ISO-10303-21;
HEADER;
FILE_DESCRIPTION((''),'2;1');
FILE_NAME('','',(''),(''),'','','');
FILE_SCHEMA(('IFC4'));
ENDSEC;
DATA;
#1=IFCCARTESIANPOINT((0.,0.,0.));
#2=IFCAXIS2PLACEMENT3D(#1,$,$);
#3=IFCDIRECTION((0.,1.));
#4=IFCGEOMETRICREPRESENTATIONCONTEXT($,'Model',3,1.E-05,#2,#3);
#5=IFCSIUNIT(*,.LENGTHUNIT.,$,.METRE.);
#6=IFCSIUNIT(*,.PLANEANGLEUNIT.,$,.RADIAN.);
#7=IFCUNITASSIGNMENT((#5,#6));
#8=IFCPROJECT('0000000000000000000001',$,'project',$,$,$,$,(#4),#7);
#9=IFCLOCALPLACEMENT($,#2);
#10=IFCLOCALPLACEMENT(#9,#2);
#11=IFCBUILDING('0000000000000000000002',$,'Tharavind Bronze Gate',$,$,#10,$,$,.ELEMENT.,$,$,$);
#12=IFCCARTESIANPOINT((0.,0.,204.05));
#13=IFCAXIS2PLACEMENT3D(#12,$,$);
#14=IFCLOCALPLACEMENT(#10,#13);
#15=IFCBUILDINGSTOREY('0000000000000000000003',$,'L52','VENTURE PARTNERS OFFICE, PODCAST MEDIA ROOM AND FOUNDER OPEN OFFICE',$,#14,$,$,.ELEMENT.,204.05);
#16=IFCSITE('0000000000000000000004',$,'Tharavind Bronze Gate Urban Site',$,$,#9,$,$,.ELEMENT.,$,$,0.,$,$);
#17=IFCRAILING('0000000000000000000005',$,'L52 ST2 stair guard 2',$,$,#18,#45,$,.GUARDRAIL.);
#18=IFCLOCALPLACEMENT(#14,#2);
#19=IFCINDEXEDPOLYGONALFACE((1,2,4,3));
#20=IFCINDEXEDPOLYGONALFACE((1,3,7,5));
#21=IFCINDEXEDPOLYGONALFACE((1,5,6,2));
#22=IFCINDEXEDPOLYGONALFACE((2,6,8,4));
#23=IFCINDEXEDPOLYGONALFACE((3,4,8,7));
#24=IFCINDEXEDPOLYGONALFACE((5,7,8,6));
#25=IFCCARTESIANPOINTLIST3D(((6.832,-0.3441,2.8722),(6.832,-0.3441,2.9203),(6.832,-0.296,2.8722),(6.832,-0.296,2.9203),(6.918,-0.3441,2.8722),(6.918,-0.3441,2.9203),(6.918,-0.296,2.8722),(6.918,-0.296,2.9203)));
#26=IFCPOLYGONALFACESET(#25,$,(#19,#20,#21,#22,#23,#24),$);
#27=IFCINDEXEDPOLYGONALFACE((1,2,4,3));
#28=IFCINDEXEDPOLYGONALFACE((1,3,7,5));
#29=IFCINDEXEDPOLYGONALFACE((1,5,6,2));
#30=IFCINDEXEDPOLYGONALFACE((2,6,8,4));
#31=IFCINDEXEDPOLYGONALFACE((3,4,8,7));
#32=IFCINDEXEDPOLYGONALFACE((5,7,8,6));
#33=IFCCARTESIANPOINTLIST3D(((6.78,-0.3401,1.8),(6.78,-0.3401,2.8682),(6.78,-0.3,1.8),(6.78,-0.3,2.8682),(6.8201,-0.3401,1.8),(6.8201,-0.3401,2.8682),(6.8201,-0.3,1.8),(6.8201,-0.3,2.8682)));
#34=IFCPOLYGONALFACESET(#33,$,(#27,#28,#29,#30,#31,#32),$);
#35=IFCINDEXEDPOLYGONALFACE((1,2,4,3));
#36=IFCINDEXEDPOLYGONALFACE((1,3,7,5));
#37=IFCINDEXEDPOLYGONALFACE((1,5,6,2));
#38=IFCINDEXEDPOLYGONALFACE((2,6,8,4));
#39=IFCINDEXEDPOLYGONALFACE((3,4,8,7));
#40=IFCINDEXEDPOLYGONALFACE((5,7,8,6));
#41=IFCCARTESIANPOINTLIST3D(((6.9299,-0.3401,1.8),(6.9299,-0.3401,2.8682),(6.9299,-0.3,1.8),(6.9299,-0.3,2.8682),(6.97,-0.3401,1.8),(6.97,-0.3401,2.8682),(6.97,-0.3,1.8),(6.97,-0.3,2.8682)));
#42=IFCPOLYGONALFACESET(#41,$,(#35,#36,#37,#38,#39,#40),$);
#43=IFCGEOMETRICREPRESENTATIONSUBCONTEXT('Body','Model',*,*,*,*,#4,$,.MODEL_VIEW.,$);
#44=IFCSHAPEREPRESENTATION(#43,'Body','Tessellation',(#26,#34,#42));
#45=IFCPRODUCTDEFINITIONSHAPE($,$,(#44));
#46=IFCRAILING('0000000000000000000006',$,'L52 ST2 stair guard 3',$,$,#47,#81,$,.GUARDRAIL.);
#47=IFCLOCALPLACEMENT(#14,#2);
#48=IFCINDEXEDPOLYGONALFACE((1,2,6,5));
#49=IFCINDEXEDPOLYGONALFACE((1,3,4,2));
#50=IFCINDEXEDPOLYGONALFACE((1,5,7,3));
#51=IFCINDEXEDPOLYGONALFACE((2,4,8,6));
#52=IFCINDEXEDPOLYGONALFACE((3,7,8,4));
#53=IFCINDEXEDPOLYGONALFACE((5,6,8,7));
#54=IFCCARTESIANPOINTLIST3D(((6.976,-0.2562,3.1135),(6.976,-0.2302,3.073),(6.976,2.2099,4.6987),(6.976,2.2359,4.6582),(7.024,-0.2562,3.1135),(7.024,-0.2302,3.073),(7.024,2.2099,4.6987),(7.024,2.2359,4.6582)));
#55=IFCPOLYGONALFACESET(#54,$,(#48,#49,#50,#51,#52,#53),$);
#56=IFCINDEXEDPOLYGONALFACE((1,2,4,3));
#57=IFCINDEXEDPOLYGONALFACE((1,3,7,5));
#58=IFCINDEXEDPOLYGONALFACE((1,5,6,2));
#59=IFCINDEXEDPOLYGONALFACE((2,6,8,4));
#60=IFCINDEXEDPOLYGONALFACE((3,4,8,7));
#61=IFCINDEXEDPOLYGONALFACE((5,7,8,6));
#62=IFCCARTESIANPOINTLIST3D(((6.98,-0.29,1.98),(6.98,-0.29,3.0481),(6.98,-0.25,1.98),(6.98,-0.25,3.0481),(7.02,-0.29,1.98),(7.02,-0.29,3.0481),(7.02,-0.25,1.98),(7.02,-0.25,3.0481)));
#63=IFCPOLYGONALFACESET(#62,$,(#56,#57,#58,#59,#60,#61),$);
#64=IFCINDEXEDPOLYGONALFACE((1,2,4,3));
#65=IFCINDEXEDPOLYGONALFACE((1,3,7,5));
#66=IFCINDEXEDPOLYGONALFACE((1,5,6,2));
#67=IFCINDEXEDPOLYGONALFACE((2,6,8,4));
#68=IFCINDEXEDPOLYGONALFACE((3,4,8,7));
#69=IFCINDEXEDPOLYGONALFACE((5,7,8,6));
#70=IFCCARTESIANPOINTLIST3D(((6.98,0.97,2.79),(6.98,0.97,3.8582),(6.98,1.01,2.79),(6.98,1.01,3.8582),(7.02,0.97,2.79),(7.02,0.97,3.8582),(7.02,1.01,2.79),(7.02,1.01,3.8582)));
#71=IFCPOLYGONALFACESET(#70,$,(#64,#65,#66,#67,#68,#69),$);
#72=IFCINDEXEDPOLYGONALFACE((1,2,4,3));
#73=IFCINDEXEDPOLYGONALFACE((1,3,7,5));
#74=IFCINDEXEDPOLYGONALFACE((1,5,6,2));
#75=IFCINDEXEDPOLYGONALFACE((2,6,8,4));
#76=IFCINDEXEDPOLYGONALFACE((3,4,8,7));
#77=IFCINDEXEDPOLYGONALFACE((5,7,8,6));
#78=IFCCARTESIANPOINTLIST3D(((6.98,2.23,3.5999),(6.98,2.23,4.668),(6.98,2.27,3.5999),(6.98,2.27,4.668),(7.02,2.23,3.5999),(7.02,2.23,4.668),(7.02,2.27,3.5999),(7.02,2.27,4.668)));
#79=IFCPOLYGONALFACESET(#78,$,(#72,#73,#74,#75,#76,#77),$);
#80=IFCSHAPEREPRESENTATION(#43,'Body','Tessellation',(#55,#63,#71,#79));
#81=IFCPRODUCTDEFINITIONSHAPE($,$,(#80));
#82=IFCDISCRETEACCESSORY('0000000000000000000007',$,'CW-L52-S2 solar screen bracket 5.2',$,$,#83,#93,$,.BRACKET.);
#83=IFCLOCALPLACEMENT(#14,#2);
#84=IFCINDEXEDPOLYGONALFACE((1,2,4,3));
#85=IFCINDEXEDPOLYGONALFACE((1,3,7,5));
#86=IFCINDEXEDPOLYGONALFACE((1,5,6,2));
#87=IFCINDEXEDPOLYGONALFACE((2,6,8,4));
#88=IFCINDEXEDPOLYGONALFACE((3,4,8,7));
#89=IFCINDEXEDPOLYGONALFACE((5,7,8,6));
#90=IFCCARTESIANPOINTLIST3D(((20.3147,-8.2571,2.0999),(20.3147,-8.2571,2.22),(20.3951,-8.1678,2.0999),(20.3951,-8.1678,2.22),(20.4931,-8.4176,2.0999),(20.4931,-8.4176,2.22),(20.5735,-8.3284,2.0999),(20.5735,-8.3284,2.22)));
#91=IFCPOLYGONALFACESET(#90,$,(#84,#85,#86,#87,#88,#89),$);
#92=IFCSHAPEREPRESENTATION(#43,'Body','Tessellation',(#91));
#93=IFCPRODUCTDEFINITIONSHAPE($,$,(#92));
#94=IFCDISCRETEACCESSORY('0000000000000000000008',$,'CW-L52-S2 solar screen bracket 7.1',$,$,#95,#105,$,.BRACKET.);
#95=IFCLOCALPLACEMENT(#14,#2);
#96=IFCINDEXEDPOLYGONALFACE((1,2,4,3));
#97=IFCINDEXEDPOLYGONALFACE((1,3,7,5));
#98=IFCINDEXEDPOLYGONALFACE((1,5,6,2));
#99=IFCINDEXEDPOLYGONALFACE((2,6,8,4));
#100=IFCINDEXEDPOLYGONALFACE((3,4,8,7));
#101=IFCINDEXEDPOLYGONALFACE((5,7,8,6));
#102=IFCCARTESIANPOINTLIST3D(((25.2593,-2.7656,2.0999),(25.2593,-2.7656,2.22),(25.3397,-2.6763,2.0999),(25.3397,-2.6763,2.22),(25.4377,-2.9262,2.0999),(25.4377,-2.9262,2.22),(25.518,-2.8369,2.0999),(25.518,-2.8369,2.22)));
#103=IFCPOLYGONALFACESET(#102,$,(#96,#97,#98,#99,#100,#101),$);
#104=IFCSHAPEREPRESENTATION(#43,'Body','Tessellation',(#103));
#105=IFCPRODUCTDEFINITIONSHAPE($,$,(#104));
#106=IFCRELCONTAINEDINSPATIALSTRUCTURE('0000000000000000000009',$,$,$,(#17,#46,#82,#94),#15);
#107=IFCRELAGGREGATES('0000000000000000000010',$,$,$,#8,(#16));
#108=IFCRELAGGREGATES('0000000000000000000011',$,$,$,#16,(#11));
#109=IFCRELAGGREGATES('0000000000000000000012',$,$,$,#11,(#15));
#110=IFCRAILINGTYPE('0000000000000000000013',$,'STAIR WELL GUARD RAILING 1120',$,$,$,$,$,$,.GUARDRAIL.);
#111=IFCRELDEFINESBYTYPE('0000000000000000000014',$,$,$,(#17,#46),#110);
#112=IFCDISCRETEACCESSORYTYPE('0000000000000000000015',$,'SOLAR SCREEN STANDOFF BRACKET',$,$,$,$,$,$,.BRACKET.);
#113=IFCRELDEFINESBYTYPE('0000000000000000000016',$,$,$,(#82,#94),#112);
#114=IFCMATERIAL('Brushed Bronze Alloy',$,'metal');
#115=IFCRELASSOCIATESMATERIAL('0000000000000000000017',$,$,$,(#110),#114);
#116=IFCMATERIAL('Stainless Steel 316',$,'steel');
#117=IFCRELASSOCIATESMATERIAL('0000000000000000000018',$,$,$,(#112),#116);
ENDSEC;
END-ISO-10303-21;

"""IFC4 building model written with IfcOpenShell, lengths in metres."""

from ifc_helpers import new_model, si_unit, direction, frame, origin, origin_2d, place, context, subcontext, project, spatial, rectangle, extrude, material, type_object, element, save


model = new_model("IFC4")

# Units and contexts
model_context = context("Model", 3, precision=1e-05, world=origin(), true_north=direction((0.0, 1.0)))
body_context = subcontext(model_context, "Body", "Model", "MODEL_VIEW")
ifc_project = project(units=[si_unit("LENGTHUNIT", "METRE"), si_unit("PLANEANGLEUNIT", "RADIAN")], contexts=[model_context])

# Site, building, storey
site_placement = place(None, origin())
site = spatial("IfcSite", under=ifc_project, at=site_placement, Name="Tharavind Bronze Gate Urban Site", CompositionType="ELEMENT", RefElevation=0.0)
building_placement = place(site_placement, origin())
building = spatial("IfcBuilding", under=site, at=building_placement, Name="Tharavind Bronze Gate", CompositionType="ELEMENT")
storey_placement = place(building_placement, frame((0.0, 0.0, 204.05)))
storey = spatial("IfcBuildingStorey", under=building, at=storey_placement, Name="L52", Description="VENTURE PARTNERS OFFICE, PODCAST MEDIA ROOM AND FOUNDER OPEN OFFICE", CompositionType="ELEMENT", Elevation=204.05)

# Railings
ifc_material_1 = material(Name="Brushed Bronze Alloy", Category="metal")
railing_type_1 = type_object("IfcRailingType", Name="STAIR WELL GUARD RAILING 1120", PredefinedType="GUARDRAIL", material=ifc_material_1)
railing_1_placement = place(storey_placement, frame((6.8, -0.3201, 1.8)))
element("IfcRailing", 1, at=railing_1_placement, inside=storey, type_object=railing_type_1, Name="L52 ST2 stair guard 2", PredefinedType="GUARDRAIL", context=body_context, shape_type="SweptSolid", body=[
    extrude(rectangle(XDim=0.0481, YDim=0.0481, at=origin_2d()), frame((0.032, 0.0, 1.0962), z_axis=(1.0, 0.0, 0.0), x_axis=(0.0, 1.0, 0.0)), (0.0, 0.0, 1.0), 0.0859),
    extrude(rectangle(XDim=0.04, YDim=0.04, at=origin_2d()), origin(), (0.0, 0.0, 1.0), 1.0681),
    extrude(rectangle(XDim=0.04, YDim=0.04, at=origin_2d()), frame((0.1499, 0.0, 0.0)), (0.0, 0.0, 1.0), 1.0681),
])
railing_2_placement = place(storey_placement, frame((7.0, -0.27, 1.98)))
element("IfcRailing", 2, at=railing_2_placement, inside=storey, type_object=railing_type_1, Name="L52 ST2 stair guard 3", PredefinedType="GUARDRAIL", context=body_context, shape_type="SweptSolid", body=[
    extrude(rectangle(XDim=0.0481, YDim=0.0481, at=origin_2d()), frame((0.0, 0.0269, 1.1133), z_axis=(0.0, 0.8412, 0.540725), x_axis=(-1.0, 0.0, 0.0)), (0.0, 0.0, 1.0), 2.9316),
    extrude(rectangle(XDim=0.04, YDim=0.04, at=origin_2d()), origin(), (0.0, 0.0, 1.0), 1.0681),
    extrude(rectangle(XDim=0.04, YDim=0.04, at=origin_2d()), frame((0.0, 1.26, 0.8101)), (0.0, 0.0, 1.0), 1.0681),
    extrude(rectangle(XDim=0.04, YDim=0.04, at=origin_2d()), frame((0.0, 2.52, 1.6199)), (0.0, 0.0, 1.0), 1.0681),
])

# Discrete accessories
ifc_material_2 = material(Name="Stainless Steel 316", Category="steel")
discrete_accessory_type = type_object("IfcDiscreteAccessoryType", Name="SOLAR SCREEN STANDOFF BRACKET", PredefinedType="BRACKET", material=ifc_material_2)
for number, where, z_axis, x_axis, name in (
    (3, (20.4441, -8.2927, 2.0999), (0.0, 0.0, 1.0), (0.669131, 0.743145, 0.0), "CW-L52-S2 solar screen bracket 5.2"),
    (4, (25.3887, -2.8013, 2.0999), (0.0, 0.0, 1.0), (0.669131, 0.743145, 0.0), "CW-L52-S2 solar screen bracket 7.1"),
):
    element("IfcDiscreteAccessory", number, at=place(storey_placement, frame(where, z_axis=z_axis, x_axis=x_axis)), inside=storey, type_object=discrete_accessory_type, Name=name, PredefinedType="BRACKET", context=body_context, shape_type="SweptSolid", body=[
        extrude(rectangle(XDim=0.1201, YDim=0.24, at=origin_2d()), origin(), (0.0, 0.0, 1.0), 0.1201),
    ])

save(model, "model.ifc")
